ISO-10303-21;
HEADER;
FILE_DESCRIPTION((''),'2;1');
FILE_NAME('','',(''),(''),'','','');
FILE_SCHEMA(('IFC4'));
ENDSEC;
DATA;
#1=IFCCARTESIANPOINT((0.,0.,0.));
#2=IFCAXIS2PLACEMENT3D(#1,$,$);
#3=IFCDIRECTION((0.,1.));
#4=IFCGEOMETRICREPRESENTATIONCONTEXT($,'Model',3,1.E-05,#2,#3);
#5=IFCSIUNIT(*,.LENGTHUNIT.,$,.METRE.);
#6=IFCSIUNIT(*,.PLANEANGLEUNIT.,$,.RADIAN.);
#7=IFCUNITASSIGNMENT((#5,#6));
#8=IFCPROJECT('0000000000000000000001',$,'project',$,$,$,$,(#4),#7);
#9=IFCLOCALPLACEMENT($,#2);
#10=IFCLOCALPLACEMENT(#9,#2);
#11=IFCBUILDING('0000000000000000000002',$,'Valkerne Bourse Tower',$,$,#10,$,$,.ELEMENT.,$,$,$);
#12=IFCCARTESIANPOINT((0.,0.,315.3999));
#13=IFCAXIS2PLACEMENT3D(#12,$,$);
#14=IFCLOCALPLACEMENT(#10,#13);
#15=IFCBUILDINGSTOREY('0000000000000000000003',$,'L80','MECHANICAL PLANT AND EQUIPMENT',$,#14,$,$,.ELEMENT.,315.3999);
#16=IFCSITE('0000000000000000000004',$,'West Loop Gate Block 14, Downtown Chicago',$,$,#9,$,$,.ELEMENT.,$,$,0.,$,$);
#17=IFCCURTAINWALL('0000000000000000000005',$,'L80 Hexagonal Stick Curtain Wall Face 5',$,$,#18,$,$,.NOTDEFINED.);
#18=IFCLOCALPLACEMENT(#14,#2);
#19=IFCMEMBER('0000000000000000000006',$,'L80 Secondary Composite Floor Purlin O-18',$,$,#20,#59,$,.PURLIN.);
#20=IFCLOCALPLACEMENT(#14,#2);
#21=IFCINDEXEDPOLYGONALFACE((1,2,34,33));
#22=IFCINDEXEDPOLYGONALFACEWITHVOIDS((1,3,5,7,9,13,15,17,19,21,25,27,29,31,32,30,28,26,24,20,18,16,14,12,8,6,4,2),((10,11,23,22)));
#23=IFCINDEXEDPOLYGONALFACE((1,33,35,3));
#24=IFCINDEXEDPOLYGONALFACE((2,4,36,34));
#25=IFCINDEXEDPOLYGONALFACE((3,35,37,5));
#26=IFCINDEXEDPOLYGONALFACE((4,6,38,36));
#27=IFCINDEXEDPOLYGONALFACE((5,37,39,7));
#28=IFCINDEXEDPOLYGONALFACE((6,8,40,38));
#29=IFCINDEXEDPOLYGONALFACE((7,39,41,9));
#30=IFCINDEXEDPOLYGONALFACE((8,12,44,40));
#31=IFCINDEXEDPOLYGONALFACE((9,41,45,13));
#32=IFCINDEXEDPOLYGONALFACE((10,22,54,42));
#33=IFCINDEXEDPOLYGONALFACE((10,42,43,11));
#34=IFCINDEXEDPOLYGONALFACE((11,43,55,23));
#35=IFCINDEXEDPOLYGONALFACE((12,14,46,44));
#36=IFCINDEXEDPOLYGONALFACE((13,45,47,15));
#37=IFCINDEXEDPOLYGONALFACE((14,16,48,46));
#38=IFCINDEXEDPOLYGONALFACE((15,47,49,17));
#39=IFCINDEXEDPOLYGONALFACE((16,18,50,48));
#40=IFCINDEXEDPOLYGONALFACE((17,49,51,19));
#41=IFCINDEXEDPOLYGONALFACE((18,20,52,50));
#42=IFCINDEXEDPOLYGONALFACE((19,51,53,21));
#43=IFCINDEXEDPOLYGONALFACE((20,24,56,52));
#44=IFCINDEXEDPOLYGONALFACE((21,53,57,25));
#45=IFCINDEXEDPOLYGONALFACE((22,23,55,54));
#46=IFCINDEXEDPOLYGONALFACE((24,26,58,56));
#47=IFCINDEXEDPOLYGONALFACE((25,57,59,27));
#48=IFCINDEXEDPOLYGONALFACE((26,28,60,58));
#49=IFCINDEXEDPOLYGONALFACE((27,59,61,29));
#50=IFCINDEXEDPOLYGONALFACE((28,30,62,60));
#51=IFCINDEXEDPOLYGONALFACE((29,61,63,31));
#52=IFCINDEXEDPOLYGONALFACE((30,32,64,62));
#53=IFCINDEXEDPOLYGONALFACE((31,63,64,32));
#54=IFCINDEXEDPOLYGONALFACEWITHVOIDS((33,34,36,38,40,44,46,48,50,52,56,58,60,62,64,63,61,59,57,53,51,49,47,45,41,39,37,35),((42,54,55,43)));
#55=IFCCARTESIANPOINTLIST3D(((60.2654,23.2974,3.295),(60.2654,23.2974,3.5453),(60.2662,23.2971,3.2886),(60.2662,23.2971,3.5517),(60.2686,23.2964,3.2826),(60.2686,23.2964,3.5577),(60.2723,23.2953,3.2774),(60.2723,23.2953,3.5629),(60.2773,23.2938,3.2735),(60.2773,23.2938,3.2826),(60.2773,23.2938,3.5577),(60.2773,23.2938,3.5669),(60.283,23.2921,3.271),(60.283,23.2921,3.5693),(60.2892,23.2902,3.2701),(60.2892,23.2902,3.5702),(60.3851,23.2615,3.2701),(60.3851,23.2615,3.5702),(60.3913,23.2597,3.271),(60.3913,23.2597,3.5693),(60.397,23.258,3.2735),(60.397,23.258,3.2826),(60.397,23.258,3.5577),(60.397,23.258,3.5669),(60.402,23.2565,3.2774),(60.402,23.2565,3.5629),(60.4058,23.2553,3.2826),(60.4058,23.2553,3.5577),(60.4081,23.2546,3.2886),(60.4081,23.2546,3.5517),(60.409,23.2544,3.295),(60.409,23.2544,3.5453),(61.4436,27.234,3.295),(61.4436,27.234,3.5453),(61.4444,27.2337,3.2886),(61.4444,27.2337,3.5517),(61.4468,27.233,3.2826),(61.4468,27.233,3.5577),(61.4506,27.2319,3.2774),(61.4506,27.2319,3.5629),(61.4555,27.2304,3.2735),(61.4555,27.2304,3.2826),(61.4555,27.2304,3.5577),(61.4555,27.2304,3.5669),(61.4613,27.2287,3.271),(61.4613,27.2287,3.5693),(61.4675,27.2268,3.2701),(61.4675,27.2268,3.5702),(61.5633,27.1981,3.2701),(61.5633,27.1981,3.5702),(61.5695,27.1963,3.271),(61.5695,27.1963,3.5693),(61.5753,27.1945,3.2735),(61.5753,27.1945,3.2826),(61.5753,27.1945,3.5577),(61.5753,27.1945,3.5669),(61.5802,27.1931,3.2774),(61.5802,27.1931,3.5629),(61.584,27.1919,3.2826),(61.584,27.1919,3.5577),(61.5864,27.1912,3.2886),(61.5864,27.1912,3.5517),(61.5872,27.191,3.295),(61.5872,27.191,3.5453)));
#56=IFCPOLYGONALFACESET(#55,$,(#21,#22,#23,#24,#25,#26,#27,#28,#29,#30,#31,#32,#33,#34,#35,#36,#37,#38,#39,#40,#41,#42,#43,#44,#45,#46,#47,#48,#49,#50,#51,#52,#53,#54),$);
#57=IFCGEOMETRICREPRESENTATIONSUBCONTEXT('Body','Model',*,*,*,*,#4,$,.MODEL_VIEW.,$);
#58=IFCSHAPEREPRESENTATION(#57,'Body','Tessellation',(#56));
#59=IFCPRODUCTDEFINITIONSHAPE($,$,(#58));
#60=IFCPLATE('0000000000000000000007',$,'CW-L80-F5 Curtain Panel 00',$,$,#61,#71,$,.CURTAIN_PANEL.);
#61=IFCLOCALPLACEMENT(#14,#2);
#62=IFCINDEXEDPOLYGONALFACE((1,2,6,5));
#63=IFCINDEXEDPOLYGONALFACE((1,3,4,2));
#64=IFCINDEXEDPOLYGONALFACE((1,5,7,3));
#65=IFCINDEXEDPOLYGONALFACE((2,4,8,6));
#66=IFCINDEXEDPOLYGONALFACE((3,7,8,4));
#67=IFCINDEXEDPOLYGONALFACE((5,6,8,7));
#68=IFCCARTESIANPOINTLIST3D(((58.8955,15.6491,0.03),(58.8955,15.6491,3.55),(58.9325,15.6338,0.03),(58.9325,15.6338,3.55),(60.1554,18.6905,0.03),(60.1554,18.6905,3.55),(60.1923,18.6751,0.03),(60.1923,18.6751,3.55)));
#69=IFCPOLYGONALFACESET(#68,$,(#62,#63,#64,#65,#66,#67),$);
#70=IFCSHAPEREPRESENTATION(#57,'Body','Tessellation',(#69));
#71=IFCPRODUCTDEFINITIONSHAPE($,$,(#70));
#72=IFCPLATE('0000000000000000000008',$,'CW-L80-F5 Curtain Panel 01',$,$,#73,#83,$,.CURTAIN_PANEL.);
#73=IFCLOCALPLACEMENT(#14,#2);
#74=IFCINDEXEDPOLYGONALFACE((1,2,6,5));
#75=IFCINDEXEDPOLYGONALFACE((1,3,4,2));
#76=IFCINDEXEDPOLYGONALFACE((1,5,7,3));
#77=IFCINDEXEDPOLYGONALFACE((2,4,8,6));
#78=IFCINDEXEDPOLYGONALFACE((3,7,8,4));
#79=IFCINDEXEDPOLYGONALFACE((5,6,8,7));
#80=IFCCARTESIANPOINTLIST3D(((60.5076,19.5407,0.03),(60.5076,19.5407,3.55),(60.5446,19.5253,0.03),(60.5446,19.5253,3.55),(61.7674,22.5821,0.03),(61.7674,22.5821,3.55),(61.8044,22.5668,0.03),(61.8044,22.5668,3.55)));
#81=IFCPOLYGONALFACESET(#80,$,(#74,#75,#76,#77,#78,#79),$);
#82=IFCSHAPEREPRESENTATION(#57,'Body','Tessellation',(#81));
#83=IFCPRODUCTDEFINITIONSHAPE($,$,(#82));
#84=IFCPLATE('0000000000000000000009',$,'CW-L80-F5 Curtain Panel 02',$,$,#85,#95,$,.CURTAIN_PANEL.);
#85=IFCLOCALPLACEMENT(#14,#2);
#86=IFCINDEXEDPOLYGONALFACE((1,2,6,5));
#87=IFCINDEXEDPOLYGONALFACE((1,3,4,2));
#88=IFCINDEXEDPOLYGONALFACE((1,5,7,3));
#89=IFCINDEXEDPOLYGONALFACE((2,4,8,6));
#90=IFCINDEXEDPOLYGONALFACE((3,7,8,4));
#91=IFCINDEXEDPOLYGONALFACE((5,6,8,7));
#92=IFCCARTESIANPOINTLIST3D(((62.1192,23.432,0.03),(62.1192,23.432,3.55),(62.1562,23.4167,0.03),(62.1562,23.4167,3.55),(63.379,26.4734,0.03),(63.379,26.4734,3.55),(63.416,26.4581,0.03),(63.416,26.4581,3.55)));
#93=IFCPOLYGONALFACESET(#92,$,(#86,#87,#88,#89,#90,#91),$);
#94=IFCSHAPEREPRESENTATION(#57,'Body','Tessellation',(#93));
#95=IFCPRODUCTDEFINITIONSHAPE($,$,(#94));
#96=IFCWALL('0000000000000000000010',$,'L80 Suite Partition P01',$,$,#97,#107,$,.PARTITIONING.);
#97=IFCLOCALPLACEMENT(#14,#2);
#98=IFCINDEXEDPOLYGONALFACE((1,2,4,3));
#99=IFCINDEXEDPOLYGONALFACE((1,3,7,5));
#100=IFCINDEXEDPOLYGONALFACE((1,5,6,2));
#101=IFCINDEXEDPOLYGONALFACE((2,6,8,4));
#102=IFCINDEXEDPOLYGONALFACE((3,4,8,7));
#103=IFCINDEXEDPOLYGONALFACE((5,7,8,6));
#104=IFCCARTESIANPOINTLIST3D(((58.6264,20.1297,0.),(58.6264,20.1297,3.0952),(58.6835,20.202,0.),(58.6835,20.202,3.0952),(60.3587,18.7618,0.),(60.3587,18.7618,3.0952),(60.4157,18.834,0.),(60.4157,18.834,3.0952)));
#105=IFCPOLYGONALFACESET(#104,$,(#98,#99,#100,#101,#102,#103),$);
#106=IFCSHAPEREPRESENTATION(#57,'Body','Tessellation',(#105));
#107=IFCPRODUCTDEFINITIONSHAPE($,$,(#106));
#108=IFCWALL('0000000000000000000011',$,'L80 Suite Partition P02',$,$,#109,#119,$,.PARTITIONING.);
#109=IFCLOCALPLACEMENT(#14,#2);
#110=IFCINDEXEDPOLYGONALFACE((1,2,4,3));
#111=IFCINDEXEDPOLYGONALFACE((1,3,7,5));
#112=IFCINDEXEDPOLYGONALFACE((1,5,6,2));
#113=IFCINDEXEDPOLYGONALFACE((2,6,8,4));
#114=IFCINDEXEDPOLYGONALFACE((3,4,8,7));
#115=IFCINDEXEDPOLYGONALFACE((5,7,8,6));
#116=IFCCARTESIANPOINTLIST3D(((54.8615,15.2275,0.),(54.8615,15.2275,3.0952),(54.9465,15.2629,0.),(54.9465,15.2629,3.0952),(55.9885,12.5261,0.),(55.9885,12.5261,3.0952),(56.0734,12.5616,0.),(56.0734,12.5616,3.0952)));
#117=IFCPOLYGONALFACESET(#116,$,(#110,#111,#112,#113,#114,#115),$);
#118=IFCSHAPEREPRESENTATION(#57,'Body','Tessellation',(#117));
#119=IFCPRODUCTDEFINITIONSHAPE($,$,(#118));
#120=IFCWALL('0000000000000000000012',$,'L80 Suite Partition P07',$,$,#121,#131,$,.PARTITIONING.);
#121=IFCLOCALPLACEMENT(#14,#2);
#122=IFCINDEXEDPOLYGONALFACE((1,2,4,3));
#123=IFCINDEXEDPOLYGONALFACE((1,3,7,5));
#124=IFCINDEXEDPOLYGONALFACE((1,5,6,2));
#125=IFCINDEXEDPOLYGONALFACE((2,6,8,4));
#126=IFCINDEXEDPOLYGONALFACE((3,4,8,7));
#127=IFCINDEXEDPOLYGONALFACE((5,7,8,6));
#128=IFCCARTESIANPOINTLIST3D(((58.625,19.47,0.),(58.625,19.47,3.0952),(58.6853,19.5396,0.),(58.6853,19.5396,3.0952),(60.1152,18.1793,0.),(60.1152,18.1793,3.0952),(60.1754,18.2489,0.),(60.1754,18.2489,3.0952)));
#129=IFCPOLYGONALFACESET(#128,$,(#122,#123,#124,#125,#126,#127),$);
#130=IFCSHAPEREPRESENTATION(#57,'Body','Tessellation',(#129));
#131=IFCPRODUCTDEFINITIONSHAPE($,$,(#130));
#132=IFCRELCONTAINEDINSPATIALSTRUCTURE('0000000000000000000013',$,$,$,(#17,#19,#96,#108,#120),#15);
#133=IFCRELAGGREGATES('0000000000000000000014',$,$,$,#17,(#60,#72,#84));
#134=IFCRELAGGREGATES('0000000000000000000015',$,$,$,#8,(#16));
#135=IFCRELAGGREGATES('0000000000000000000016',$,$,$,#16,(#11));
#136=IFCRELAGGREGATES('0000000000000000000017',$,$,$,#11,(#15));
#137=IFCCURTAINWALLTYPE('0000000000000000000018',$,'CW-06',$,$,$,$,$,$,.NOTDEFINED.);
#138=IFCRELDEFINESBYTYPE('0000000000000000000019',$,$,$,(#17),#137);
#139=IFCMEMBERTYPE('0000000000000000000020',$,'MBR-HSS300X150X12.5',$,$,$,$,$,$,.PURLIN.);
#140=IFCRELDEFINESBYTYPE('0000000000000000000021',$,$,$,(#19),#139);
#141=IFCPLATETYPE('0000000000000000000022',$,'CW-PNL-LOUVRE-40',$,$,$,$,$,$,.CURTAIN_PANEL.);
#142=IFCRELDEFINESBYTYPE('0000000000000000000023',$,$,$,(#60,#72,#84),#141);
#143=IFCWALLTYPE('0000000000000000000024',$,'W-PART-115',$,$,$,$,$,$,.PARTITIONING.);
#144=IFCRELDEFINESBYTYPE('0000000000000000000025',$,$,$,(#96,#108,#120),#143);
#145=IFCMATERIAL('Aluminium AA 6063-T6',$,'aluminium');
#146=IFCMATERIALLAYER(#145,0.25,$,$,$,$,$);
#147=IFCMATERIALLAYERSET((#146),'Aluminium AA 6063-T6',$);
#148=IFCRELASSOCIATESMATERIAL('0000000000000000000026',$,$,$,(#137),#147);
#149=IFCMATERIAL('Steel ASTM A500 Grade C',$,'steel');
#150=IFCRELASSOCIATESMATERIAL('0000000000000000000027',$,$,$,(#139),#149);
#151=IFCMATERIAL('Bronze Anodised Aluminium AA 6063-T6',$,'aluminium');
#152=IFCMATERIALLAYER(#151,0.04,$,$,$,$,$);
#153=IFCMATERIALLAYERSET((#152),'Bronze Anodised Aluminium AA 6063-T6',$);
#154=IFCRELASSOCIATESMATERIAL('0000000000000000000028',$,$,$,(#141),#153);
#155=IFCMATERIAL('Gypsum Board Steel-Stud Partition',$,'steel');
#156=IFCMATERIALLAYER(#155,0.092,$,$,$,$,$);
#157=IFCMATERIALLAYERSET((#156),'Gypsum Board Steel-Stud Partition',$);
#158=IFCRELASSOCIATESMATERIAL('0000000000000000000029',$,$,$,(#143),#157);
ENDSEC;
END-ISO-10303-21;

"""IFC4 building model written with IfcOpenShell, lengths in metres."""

from ifc_helpers import new_model, si_unit, direction, frame, frame_2d, origin, origin_2d, place, context, subcontext, project, spatial, rectangle, hollow_rectangle, extrude, material, layer, layer_set, material_profile, profile_set, type_object, element, aggregate, save


model = new_model("IFC4")

# Units and contexts
model_context = context("Model", 3, precision=1e-05, world=origin(), true_north=direction((0.0, 1.0)))
body_context = subcontext(model_context, "Body", "Model", "MODEL_VIEW")
ifc_project = project(units=[si_unit("LENGTHUNIT", "METRE"), si_unit("PLANEANGLEUNIT", "RADIAN")], contexts=[model_context])

# Site, building, storey
site_placement = place(None, origin())
site = spatial("IfcSite", under=ifc_project, at=site_placement, Name="West Loop Gate Block 14, Downtown Chicago", CompositionType="ELEMENT", RefElevation=0.0)
building_placement = place(site_placement, origin())
building = spatial("IfcBuilding", under=site, at=building_placement, Name="Valkerne Bourse Tower", CompositionType="ELEMENT")
storey_placement = place(building_placement, frame((0.0, 0.0, 315.3999)))
storey = spatial("IfcBuildingStorey", under=building, at=storey_placement, Name="L80", Description="MECHANICAL PLANT AND EQUIPMENT", CompositionType="ELEMENT", Elevation=315.3999)

# Shared definitions
ifc_material_1 = material(Name="Steel ASTM A500 Grade C", Category="steel")

# Shared definitions
ifc_material_2 = material(Name="Aluminium AA 6063-T6", Category="aluminium")
ifc_layer_1 = layer(ifc_material_2, 0.25)
ifc_layer_set_1 = layer_set([ifc_layer_1], Name="Aluminium AA 6063-T6")
curtain_wall_type = type_object("IfcCurtainWallType", Name="CW-06", PredefinedType="NOTDEFINED", material=ifc_layer_set_1)

# Curtain wall
curtain_wall_1_placement = place(storey_placement, origin())
curtain_wall_1 = element("IfcCurtainWall", 1, at=curtain_wall_1_placement, inside=storey, type_object=curtain_wall_type, Name="L80 Hexagonal Stick Curtain Wall Face 5", PredefinedType="NOTDEFINED")

# Member
ifc_material_profile_1 = material_profile(ifc_material_1, hollow_rectangle(XDim=0.1499, YDim=0.3, WallThickness=0.0125, OuterFilletRadius=0.0249, at=origin_2d()), Name="HSS300X150X12.5")
ifc_profile_set_1 = profile_set([ifc_material_profile_1], Name="Steel ASTM A500 Grade C")
member_type_1 = type_object("IfcMemberType", Name="MBR-HSS300X150X12.5", PredefinedType="PURLIN", material=ifc_profile_set_1)
member_1_placement = place(storey_placement, frame((60.3372, 23.2759, 3.4202), z_axis=(0.286737, 0.958009, 0.0), x_axis=(-0.958009, 0.286737, 0.0)))
element("IfcMember", 2, at=member_1_placement, inside=storey, type_object=member_type_1, Name="L80 Secondary Composite Floor Purlin O-18", PredefinedType="PURLIN", context=body_context, shape_type="SweptSolid", body=[
    extrude(hollow_rectangle(XDim=0.1499, YDim=0.3, WallThickness=0.0125, OuterFilletRadius=0.0249, at=origin_2d()), origin(), (0.0, 0.0, 1.0), 4.1091),
])

# Plates
ifc_material_3 = material(Name="Bronze Anodised Aluminium AA 6063-T6", Category="aluminium")
ifc_layer_2 = layer(ifc_material_3, 0.04)
ifc_layer_set_2 = layer_set([ifc_layer_2], Name="Bronze Anodised Aluminium AA 6063-T6")
plate_type = type_object("IfcPlateType", Name="CW-PNL-LOUVRE-40", PredefinedType="CURTAIN_PANEL", material=ifc_layer_set_2)
plate_1_placement = place(storey_placement, frame((59.5439, 17.1621, 0.03), z_axis=(0.0, 0.0, 1.0), x_axis=(0.382689, 0.923877, 0.0)))
plate_1 = element("IfcPlate", 3, at=plate_1_placement, type_object=plate_type, Name="CW-L80-F5 Curtain Panel 00", PredefinedType="CURTAIN_PANEL", context=body_context, shape_type="SweptSolid", body=[
    extrude(rectangle(XDim=3.292, YDim=0.04, at=origin_2d()), origin(), (0.0, 0.0, 1.0), 3.52),
])
plate_2_placement = place(storey_placement, frame((61.156, 21.0537, 0.03), z_axis=(0.0, 0.0, 1.0), x_axis=(0.382669, 0.923885, 0.0)))
plate_2 = element("IfcPlate", 4, at=plate_2_placement, type_object=plate_type, Name="CW-L80-F5 Curtain Panel 01", PredefinedType="CURTAIN_PANEL", context=body_context, shape_type="SweptSolid", body=[
    extrude(rectangle(XDim=3.292, YDim=0.04, at=origin_2d()), origin(), (0.0, 0.0, 1.0), 3.52),
])
plate_3_placement = place(storey_placement, frame((62.7676, 24.9451, 0.03), z_axis=(0.0, 0.0, 1.0), x_axis=(0.382689, 0.923877, 0.0)))
plate_3 = element("IfcPlate", 5, at=plate_3_placement, type_object=plate_type, Name="CW-L80-F5 Curtain Panel 02", PredefinedType="CURTAIN_PANEL", context=body_context, shape_type="SweptSolid", body=[
    extrude(rectangle(XDim=3.292, YDim=0.04, at=origin_2d()), origin(), (0.0, 0.0, 1.0), 3.52),
])
aggregate(curtain_wall_1, [plate_1, plate_2, plate_3])

# Shared definitions
ifc_material_4 = material(Name="Gypsum Board Steel-Stud Partition", Category="steel")

# Walls
ifc_layer_3 = layer(ifc_material_4, 0.092)
ifc_layer_set_3 = layer_set([ifc_layer_3], Name="Gypsum Board Steel-Stud Partition")
wall_type_1 = type_object("IfcWallType", Name="W-PART-115", PredefinedType="PARTITIONING", material=ifc_layer_set_3)
wall_1_placement = place(storey_placement, frame((58.655, 20.1658, 0.0), z_axis=(0.0, 0.0, 1.0), x_axis=(0.784792, -0.619759, 0.0)))
element("IfcWall", 6, at=wall_1_placement, inside=storey, type_object=wall_type_1, Name="L80 Suite Partition P01", PredefinedType="PARTITIONING", context=body_context, shape_type="SweptSolid", body=[
    extrude(rectangle(XDim=2.2073, YDim=0.092, at=frame_2d((1.1035, 0.0))), origin(), (0.0, 0.0, 1.0), 3.0952),
])
wall_2_placement = place(storey_placement, frame((54.9041, 15.2451, 0.0), z_axis=(0.0, 0.0, 1.0), x_axis=(0.385012, -0.922912, 0.0)))
element("IfcWall", 7, at=wall_2_placement, inside=storey, type_object=wall_type_1, Name="L80 Suite Partition P02", PredefinedType="PARTITIONING", context=body_context, shape_type="SweptSolid", body=[
    extrude(rectangle(XDim=2.927, YDim=0.092, at=frame_2d((1.4634, 0.0))), origin(), (0.0, 0.0, 1.0), 3.0952),
])
wall_3_placement = place(storey_placement, frame((58.655, 19.5049, 0.0), z_axis=(0.0, 0.0, 1.0), x_axis=(0.755881, -0.654709, 0.0)))
element("IfcWall", 8, at=wall_3_placement, inside=storey, type_object=wall_type_1, Name="L80 Suite Partition P07", PredefinedType="PARTITIONING", context=body_context, shape_type="SweptSolid", body=[
    extrude(rectangle(XDim=1.9714, YDim=0.092, at=frame_2d((0.9858, 0.0))), origin(), (0.0, 0.0, 1.0), 3.0952),
])

save(model, "model.ifc")
